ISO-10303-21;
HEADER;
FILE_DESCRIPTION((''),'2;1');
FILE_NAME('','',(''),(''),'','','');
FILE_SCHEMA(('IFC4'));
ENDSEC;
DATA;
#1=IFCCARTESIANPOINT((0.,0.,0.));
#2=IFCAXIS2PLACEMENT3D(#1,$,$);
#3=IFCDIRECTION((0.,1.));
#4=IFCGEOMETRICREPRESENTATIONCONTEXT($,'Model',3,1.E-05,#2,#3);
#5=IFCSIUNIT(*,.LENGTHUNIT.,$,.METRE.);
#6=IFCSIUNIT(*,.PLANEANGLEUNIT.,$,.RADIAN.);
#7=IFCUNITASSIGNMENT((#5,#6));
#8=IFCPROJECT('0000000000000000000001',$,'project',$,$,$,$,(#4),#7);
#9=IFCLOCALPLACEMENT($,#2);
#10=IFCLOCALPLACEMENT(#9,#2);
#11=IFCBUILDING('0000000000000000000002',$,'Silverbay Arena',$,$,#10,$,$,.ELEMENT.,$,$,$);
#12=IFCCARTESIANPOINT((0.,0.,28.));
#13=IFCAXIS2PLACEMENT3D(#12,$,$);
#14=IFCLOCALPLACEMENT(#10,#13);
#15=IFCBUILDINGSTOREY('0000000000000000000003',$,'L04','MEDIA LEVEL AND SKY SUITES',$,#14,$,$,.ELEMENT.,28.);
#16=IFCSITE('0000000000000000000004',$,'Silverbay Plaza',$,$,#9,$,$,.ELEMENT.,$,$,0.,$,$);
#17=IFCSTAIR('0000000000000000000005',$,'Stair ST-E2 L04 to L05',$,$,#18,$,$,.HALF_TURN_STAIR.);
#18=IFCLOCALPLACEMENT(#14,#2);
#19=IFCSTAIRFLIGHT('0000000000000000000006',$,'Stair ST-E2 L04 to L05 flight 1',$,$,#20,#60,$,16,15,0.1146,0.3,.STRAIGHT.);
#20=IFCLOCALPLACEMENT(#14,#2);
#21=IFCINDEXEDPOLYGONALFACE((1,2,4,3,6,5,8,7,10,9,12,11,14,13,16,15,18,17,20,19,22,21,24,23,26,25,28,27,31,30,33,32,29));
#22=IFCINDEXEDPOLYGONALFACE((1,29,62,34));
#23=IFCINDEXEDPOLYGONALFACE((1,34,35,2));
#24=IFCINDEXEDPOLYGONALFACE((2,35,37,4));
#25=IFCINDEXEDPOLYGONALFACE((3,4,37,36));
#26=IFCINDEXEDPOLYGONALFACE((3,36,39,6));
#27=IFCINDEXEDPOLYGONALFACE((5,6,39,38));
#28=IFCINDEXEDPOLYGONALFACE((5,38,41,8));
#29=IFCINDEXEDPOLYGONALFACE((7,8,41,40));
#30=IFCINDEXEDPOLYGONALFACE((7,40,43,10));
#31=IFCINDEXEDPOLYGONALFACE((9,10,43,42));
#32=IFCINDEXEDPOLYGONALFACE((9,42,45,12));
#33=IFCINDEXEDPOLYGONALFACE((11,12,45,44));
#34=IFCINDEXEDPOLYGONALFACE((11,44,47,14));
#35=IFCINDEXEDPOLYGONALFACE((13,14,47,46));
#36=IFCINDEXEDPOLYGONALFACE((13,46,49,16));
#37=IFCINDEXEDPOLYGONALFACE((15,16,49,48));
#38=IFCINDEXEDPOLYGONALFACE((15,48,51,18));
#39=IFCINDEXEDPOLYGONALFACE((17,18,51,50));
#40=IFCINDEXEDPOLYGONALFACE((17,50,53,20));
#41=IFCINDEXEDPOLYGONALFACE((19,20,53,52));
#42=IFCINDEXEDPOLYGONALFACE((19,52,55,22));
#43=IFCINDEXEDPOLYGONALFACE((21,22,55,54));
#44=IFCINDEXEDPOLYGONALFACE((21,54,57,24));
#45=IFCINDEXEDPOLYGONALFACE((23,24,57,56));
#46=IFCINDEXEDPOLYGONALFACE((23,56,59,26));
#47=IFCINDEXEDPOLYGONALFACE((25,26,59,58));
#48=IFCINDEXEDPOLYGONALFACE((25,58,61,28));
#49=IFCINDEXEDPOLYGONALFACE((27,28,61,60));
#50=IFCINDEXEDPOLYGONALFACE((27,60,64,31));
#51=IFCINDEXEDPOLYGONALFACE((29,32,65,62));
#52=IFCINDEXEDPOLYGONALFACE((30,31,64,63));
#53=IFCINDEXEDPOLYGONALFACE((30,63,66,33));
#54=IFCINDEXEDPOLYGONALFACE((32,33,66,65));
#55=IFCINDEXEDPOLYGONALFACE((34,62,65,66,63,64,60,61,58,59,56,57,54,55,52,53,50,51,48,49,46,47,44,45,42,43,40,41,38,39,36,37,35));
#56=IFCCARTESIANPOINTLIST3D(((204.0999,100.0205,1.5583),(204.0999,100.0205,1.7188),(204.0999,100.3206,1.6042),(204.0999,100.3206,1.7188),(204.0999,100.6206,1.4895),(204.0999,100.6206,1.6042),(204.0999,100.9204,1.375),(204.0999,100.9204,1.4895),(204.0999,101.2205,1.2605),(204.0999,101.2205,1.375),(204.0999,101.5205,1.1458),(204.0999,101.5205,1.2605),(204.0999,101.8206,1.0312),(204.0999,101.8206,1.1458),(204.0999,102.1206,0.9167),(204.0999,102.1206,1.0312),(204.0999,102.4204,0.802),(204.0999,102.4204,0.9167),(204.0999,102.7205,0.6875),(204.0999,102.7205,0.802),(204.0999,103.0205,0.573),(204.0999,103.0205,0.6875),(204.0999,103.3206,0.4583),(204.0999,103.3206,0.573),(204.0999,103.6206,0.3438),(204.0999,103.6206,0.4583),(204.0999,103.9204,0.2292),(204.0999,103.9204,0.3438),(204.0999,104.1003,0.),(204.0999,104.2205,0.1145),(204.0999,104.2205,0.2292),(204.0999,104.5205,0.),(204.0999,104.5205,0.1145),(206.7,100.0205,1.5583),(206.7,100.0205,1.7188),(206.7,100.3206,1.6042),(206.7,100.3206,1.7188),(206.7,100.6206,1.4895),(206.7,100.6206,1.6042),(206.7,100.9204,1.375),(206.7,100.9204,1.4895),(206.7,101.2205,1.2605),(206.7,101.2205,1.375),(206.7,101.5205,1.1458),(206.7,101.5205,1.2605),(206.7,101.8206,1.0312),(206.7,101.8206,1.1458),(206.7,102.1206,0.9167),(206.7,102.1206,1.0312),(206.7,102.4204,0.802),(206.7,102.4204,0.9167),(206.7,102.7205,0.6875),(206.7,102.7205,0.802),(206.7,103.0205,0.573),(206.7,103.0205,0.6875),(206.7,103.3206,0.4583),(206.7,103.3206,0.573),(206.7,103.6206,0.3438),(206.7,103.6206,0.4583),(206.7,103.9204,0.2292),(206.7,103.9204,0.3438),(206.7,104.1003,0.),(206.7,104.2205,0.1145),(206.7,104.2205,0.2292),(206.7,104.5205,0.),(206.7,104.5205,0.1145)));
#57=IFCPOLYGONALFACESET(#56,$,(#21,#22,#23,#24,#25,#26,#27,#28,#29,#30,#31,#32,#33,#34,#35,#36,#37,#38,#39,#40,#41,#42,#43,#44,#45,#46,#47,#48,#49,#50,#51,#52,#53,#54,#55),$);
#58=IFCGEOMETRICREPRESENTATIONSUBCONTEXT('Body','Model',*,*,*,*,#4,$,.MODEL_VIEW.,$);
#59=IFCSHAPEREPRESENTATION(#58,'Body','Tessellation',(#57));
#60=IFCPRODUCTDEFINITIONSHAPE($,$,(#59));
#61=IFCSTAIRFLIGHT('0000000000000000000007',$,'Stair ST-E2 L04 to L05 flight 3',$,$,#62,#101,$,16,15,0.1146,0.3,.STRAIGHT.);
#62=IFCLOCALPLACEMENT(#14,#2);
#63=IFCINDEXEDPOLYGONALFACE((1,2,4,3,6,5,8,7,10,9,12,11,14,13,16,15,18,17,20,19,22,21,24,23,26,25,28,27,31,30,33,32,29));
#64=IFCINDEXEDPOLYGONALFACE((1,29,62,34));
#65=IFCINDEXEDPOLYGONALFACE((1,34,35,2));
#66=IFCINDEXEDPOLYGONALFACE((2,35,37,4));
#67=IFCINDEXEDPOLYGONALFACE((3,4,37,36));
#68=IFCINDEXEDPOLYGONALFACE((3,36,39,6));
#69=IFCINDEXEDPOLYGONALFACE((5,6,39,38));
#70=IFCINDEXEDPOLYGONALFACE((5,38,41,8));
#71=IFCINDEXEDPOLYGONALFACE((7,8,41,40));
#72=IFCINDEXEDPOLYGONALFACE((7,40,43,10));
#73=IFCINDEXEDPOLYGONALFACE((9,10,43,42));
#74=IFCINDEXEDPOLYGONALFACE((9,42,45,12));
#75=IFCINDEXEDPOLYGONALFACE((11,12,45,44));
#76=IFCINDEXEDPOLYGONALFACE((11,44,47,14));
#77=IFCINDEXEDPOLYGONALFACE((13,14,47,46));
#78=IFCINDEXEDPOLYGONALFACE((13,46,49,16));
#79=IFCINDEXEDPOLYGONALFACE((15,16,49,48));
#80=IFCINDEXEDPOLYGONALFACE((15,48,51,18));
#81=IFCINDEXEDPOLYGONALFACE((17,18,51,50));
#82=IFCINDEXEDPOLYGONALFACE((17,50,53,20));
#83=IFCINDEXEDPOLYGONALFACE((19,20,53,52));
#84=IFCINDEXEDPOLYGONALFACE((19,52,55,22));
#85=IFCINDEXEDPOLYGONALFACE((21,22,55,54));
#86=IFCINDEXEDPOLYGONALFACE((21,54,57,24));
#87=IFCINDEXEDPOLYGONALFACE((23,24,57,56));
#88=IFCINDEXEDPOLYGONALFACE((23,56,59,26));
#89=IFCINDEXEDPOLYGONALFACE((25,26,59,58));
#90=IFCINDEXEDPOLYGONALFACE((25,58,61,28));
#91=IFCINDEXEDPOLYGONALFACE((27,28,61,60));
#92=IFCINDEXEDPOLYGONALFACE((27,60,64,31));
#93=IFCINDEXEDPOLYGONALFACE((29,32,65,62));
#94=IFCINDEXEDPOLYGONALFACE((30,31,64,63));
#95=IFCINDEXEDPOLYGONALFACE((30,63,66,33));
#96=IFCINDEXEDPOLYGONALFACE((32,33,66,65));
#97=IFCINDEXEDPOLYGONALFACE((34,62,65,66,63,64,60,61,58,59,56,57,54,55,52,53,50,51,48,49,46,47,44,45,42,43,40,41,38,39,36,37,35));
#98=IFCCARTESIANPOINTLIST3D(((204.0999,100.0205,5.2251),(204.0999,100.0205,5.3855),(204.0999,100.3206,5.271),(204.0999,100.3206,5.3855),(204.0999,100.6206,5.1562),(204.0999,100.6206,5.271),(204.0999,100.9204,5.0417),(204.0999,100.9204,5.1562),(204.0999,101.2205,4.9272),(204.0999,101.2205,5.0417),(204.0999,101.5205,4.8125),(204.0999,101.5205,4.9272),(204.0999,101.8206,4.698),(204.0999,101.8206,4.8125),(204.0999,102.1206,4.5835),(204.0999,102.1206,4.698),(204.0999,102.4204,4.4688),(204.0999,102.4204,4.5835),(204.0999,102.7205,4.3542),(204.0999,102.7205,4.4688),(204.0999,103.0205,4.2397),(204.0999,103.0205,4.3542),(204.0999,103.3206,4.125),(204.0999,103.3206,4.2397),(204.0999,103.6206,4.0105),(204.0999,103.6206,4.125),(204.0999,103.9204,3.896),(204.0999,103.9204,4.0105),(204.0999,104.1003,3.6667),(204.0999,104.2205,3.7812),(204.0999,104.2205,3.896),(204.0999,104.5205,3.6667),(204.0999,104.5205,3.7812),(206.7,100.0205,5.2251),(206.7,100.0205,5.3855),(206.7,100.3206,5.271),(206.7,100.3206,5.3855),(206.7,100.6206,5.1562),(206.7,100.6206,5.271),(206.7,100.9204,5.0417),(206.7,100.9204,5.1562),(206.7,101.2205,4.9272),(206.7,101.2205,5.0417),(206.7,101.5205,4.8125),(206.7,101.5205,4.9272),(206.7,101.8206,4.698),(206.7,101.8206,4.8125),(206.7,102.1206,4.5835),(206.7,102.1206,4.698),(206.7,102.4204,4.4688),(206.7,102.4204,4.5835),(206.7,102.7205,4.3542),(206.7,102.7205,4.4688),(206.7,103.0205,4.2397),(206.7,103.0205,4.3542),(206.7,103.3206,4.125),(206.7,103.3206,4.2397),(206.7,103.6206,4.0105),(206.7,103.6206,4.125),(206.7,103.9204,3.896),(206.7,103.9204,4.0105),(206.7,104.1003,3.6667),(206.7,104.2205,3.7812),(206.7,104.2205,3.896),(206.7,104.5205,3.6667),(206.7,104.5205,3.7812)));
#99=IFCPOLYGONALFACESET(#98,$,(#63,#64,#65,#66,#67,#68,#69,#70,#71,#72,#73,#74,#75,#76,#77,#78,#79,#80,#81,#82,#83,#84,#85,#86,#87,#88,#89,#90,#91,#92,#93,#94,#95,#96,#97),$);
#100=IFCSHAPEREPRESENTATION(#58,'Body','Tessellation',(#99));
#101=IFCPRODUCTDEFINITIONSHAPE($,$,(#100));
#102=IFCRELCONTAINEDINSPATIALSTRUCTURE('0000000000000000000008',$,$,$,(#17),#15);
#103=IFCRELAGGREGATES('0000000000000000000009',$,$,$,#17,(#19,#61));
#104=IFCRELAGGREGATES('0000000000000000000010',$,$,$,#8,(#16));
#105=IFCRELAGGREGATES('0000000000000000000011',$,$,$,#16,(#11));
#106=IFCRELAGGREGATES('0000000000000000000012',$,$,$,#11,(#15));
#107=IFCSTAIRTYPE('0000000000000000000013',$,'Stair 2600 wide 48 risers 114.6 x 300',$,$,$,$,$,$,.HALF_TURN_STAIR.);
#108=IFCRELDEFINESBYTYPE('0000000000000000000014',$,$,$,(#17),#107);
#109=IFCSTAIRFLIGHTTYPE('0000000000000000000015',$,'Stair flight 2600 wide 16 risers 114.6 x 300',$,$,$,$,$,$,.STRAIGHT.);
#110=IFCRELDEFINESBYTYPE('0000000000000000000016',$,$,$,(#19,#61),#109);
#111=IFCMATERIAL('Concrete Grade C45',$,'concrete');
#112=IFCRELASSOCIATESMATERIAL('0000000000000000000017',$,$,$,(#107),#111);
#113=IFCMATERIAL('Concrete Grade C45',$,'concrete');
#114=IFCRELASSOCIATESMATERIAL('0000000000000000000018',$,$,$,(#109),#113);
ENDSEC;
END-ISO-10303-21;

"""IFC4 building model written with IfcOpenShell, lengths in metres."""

from ifc_helpers import new_model, si_unit, direction, frame, origin, place, context, subcontext, project, spatial, polyline, outline, extrude, material, type_object, element, aggregate, save


model = new_model("IFC4")

# Units and contexts
model_context = context("Model", 3, precision=1e-05, world=origin(), true_north=direction((0.0, 1.0)))
body_context = subcontext(model_context, "Body", "Model", "MODEL_VIEW")
ifc_project = project(units=[si_unit("LENGTHUNIT", "METRE"), si_unit("PLANEANGLEUNIT", "RADIAN")], contexts=[model_context])

# Site, building, storey
site_placement = place(None, origin())
site = spatial("IfcSite", under=ifc_project, at=site_placement, Name="Silverbay Plaza", CompositionType="ELEMENT", RefElevation=0.0)
building_placement = place(site_placement, origin())
building = spatial("IfcBuilding", under=site, at=building_placement, Name="Silverbay Arena", CompositionType="ELEMENT")
storey_placement = place(building_placement, frame((0.0, 0.0, 28.0)))
storey = spatial("IfcBuildingStorey", under=building, at=storey_placement, Name="L04", Description="MEDIA LEVEL AND SKY SUITES", CompositionType="ELEMENT", Elevation=28.0)

# Stair, stair flights
ifc_material_1 = material(Name="Concrete Grade C45", Category="concrete")
stair_type = type_object("IfcStairType", Name="Stair 2600 wide 48 risers 114.6 x 300", PredefinedType="HALF_TURN_STAIR", material=ifc_material_1)
stair_placement = place(storey_placement, origin())
stair = element("IfcStair", 1, at=stair_placement, inside=storey, type_object=stair_type, Name="Stair ST-E2 L04 to L05", PredefinedType="HALF_TURN_STAIR")
ifc_material_2 = material(Name="Concrete Grade C45", Category="concrete")
stair_flight_type = type_object("IfcStairFlightType", Name="Stair flight 2600 wide 16 risers 114.6 x 300", PredefinedType="STRAIGHT", material=ifc_material_2)
stair_flight_1_placement = place(storey_placement, frame((205.3999, 104.5205, 0.0), z_axis=(0.0, 0.0, 1.0), x_axis=(0.0, -1.0, 0.0)))
stair_flight_1 = element("IfcStairFlight", 2, at=stair_flight_1_placement, type_object=stair_flight_type, Name="Stair ST-E2 L04 to L05 flight 1", NumberOfRisers=16, NumberOfTreads=15, PredefinedType="STRAIGHT", RiserHeight=0.1146, TreadLength=0.3, context=body_context, shape_type="SweptSolid", body=[
    extrude(outline(polyline([(0.0, 0.0), (0.0, 0.1145), (0.3, 0.1145), (0.3, 0.2292), (0.6001, 0.2292), (0.6001, 0.3438), (0.8999, 0.3438), (0.8999, 0.4583), (1.2, 0.4583), (1.2, 0.573), (1.5, 0.573), (1.5, 0.6875), (1.8, 0.6875), (1.8, 0.802), (2.1001, 0.802), (2.1001, 0.9167), (2.3999, 0.9167), (2.3999, 1.0312), (2.7, 1.0312), (2.7, 1.1458), (3.0, 1.1458), (3.0, 1.2605), (3.3, 1.2605), (3.3, 1.375), (3.6001, 1.375), (3.6001, 1.4895), (3.8999, 1.4895), (3.8999, 1.6042), (4.2, 1.6042), (4.2, 1.7188), (4.5, 1.7188), (4.5, 1.5583), (0.4202, 0.0), (0.0, 0.0)])), frame((0.0, 1.3, 0.0), z_axis=(0.0, -1.0, 0.0), x_axis=(1.0, 0.0, 0.0)), (0.0, 0.0, 1.0), 2.6001),
])
stair_flight_2_placement = place(storey_placement, frame((205.3999, 104.5205, 3.6667), z_axis=(0.0, 0.0, 1.0), x_axis=(0.0, -1.0, 0.0)))
stair_flight_2 = element("IfcStairFlight", 3, at=stair_flight_2_placement, type_object=stair_flight_type, Name="Stair ST-E2 L04 to L05 flight 3", NumberOfRisers=16, NumberOfTreads=15, PredefinedType="STRAIGHT", RiserHeight=0.1146, TreadLength=0.3, context=body_context, shape_type="SweptSolid", body=[
    extrude(outline(polyline([(0.0, 0.0), (0.0, 0.1145), (0.3, 0.1145), (0.3, 0.2292), (0.6001, 0.2292), (0.6001, 0.3438), (0.8999, 0.3438), (0.8999, 0.4583), (1.2, 0.4583), (1.2, 0.573), (1.5, 0.573), (1.5, 0.6875), (1.8, 0.6875), (1.8, 0.802), (2.1001, 0.802), (2.1001, 0.9167), (2.3999, 0.9167), (2.3999, 1.0312), (2.7, 1.0312), (2.7, 1.1458), (3.0, 1.1458), (3.0, 1.2605), (3.3, 1.2605), (3.3, 1.375), (3.6001, 1.375), (3.6001, 1.4895), (3.8999, 1.4895), (3.8999, 1.6042), (4.2, 1.6042), (4.2, 1.7188), (4.5, 1.7188), (4.5, 1.5583), (0.4202, 0.0), (0.0, 0.0)])), frame((0.0, 1.3, 0.0), z_axis=(0.0, -1.0, 0.0), x_axis=(1.0, 0.0, 0.0)), (0.0, 0.0, 1.0), 2.6001),
])
aggregate(stair, [stair_flight_1, stair_flight_2])

save(model, "model.ifc")
